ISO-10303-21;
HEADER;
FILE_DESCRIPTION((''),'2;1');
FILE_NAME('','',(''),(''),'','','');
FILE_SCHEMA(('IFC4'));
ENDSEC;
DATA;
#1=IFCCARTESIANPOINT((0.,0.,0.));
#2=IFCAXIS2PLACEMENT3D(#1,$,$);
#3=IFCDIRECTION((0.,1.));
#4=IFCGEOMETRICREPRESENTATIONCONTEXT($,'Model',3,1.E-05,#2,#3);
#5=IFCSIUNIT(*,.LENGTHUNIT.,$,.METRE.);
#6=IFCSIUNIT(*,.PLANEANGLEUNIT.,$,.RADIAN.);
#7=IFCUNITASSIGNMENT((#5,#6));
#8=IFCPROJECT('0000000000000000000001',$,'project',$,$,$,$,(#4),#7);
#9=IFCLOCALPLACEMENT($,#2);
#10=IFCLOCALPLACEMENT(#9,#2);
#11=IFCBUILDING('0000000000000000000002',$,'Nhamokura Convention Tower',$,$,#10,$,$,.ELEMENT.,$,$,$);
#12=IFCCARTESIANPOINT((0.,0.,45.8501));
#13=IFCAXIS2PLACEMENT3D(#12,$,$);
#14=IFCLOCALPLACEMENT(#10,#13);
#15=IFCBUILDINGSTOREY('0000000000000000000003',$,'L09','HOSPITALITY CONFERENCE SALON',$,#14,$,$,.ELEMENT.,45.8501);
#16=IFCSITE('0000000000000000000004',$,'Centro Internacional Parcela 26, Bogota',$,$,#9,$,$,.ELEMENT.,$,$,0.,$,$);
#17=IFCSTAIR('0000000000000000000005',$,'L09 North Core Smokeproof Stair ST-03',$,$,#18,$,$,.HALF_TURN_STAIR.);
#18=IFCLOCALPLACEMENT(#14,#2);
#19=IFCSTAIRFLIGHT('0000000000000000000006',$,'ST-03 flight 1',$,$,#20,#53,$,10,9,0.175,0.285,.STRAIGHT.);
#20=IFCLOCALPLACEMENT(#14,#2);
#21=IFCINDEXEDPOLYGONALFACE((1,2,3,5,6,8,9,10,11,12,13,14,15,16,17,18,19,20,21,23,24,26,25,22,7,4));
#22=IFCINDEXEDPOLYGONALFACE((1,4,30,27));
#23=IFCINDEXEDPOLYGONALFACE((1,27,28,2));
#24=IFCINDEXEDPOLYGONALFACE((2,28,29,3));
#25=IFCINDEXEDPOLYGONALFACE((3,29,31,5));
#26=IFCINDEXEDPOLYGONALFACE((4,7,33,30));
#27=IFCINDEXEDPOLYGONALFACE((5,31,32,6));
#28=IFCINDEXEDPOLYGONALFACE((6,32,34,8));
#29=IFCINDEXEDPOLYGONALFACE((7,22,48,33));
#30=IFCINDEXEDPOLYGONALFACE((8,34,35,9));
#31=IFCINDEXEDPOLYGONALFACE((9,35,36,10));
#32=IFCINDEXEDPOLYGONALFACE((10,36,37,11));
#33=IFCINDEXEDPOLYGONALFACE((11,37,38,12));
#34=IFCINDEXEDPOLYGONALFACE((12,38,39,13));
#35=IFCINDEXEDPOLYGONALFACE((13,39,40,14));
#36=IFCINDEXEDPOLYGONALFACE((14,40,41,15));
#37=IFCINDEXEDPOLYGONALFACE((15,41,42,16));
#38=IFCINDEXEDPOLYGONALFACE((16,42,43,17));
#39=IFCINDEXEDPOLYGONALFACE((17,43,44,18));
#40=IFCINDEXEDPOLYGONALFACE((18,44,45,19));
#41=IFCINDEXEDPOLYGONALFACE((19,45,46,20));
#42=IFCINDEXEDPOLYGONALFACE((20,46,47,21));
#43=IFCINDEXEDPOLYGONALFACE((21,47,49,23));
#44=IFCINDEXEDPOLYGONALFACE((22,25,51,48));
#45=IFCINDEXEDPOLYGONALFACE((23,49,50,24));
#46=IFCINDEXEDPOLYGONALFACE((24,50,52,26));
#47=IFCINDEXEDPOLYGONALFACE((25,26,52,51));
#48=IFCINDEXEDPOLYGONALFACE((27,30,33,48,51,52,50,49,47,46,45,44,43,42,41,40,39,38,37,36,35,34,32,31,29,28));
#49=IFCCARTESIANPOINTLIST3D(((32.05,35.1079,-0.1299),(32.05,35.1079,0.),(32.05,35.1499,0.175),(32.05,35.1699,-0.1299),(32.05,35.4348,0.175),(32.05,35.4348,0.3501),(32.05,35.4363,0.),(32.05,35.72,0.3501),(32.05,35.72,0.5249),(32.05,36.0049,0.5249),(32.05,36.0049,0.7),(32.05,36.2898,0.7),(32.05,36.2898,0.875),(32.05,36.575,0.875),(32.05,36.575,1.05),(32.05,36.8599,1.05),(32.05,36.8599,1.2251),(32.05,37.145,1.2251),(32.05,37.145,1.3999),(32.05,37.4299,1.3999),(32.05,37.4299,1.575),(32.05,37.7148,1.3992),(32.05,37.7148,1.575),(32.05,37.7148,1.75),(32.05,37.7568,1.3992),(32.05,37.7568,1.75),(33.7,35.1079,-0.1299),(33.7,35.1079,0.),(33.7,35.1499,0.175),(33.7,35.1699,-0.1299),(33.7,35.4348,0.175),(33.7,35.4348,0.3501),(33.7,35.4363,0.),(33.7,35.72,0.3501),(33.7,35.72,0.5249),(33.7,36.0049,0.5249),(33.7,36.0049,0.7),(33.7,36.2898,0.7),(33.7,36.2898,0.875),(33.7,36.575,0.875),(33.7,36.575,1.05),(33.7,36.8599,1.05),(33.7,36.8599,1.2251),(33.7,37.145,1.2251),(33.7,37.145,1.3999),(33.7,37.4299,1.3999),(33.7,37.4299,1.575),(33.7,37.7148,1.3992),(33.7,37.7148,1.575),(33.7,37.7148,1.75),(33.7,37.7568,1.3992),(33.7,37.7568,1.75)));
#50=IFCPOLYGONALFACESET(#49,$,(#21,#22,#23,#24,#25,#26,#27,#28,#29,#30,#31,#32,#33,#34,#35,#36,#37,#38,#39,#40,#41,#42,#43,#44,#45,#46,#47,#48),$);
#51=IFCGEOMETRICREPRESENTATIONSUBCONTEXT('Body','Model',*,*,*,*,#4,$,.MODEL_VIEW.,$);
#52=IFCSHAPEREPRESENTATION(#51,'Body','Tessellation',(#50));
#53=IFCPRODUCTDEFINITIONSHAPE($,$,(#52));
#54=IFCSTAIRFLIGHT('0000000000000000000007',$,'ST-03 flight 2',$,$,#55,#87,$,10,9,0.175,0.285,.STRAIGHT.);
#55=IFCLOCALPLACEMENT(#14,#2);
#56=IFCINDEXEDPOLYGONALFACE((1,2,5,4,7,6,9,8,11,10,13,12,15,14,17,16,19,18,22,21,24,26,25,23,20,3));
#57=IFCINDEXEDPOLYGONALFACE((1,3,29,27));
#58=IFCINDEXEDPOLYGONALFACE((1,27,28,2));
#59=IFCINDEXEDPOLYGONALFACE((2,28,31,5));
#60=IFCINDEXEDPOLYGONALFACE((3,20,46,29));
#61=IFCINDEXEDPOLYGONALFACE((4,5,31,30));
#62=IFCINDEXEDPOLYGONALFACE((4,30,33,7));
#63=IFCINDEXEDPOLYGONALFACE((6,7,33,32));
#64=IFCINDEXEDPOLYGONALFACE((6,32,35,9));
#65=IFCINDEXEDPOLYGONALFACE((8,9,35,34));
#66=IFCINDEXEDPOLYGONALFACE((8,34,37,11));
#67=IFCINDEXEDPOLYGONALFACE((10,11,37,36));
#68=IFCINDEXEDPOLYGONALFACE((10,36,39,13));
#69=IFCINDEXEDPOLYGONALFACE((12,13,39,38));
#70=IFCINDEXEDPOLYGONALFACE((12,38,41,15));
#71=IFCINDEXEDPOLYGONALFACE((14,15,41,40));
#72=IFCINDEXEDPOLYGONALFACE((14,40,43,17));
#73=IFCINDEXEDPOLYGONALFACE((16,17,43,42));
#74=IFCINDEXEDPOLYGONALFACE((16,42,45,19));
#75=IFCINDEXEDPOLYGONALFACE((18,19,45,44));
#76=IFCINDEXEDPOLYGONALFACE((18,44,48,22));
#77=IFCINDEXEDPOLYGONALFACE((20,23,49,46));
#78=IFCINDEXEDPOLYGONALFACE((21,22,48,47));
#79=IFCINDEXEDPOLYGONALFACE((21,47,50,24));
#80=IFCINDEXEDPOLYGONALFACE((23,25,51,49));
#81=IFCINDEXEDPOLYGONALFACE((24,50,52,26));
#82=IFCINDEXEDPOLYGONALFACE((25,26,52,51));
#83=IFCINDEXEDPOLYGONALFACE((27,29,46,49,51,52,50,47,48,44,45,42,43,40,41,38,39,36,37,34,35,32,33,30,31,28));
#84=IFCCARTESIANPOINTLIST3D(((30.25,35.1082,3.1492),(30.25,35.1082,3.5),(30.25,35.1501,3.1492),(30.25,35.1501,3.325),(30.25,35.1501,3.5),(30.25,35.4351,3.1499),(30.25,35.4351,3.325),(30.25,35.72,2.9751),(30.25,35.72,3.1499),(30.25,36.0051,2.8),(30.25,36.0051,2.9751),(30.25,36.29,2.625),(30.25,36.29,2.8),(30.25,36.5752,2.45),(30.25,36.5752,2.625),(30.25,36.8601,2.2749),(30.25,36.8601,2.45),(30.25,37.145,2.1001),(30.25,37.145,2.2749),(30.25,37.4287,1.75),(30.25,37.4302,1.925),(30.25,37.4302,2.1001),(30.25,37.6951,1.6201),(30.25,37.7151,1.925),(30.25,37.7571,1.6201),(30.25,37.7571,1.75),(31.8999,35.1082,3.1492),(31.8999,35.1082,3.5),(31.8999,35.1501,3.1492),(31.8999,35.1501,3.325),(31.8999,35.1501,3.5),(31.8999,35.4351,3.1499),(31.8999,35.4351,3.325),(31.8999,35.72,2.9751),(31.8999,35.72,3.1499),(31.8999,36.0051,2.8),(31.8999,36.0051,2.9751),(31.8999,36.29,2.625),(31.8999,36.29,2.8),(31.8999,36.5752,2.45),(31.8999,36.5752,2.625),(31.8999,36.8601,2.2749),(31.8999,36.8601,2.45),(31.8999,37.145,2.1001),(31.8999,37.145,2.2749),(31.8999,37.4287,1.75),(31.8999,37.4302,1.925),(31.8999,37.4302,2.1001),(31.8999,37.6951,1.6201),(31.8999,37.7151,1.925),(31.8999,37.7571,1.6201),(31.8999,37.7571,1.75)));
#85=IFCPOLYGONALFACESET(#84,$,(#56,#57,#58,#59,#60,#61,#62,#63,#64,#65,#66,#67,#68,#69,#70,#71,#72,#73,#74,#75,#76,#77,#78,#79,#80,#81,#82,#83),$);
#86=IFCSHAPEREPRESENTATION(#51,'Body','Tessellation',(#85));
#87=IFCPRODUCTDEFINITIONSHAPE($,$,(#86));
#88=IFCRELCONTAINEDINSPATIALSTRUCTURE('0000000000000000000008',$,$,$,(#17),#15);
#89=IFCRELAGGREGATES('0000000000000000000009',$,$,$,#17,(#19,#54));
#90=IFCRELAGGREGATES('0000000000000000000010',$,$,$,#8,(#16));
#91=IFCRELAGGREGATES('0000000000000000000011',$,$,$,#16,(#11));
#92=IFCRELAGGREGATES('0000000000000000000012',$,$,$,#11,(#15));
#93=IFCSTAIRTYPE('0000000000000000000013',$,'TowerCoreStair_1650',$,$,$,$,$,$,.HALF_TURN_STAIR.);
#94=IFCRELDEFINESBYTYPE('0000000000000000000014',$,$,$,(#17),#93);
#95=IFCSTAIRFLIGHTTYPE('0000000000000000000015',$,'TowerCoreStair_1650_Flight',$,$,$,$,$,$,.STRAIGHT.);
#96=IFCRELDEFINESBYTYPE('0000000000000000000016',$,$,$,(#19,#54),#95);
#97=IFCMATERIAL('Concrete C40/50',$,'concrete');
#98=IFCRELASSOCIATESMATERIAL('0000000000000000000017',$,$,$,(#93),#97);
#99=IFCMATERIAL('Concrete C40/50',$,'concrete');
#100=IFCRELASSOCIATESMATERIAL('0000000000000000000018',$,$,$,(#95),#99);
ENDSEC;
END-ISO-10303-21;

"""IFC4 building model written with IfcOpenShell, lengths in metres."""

from ifc_helpers import new_model, si_unit, direction, frame, origin, place, context, subcontext, project, spatial, polyline, outline, extrude, material, type_object, element, aggregate, save


model = new_model("IFC4")

# Units and contexts
model_context = context("Model", 3, precision=1e-05, world=origin(), true_north=direction((0.0, 1.0)))
body_context = subcontext(model_context, "Body", "Model", "MODEL_VIEW")
ifc_project = project(units=[si_unit("LENGTHUNIT", "METRE"), si_unit("PLANEANGLEUNIT", "RADIAN")], contexts=[model_context])

# Site, building, storey
site_placement = place(None, origin())
site = spatial("IfcSite", under=ifc_project, at=site_placement, Name="Centro Internacional Parcela 26, Bogota", CompositionType="ELEMENT", RefElevation=0.0)
building_placement = place(site_placement, origin())
building = spatial("IfcBuilding", under=site, at=building_placement, Name="Nhamokura Convention Tower", CompositionType="ELEMENT")
storey_placement = place(building_placement, frame((0.0, 0.0, 45.8501)))
storey = spatial("IfcBuildingStorey", under=building, at=storey_placement, Name="L09", Description="HOSPITALITY CONFERENCE SALON", CompositionType="ELEMENT", Elevation=45.8501)

# Stair, stair flights
ifc_material_1 = material(Name="Concrete C40/50", Category="concrete")
stair_type = type_object("IfcStairType", Name="TowerCoreStair_1650", PredefinedType="HALF_TURN_STAIR", material=ifc_material_1)
stair_placement = place(storey_placement, origin())
stair = element("IfcStair", 1, at=stair_placement, inside=storey, type_object=stair_type, Name="L09 North Core Smokeproof Stair ST-03", PredefinedType="HALF_TURN_STAIR")
ifc_material_2 = material(Name="Concrete C40/50", Category="concrete")
stair_flight_type = type_object("IfcStairFlightType", Name="TowerCoreStair_1650_Flight", PredefinedType="STRAIGHT", material=ifc_material_2)
stair_flight_1_placement = place(storey_placement, frame((32.875, 35.1499, 0.0), z_axis=(0.0, 0.0, 1.0), x_axis=(0.0, 1.0, 0.0)))
stair_flight_1 = element("IfcStairFlight", 2, at=stair_flight_1_placement, type_object=stair_flight_type, Name="ST-03 flight 1", NumberOfRisers=10, NumberOfTreads=9, PredefinedType="STRAIGHT", RiserHeight=0.175, TreadLength=0.285, context=body_context, shape_type="SweptSolid", body=[
    extrude(outline(polyline([(-0.042, 0.0), (0.0, 0.175), (0.2849, 0.175), (0.2849, 0.3501), (0.5701, 0.3501), (0.5701, 0.5249), (0.855, 0.5249), (0.855, 0.7), (1.1399, 0.7), (1.1399, 0.875), (1.425, 0.875), (1.425, 1.05), (1.71, 1.05), (1.71, 1.2251), (1.9951, 1.2251), (1.9951, 1.3999), (2.28, 1.3999), (2.28, 1.575), (2.5649, 1.575), (2.5649, 1.75), (2.6069, 1.75), (2.6069, 1.3992), (2.5649, 1.3992), (0.2864, 0.0), (0.02, -0.1299), (-0.042, -0.1299), (-0.042, 0.0)])), frame((0.0, 0.825, 0.0), z_axis=(0.0, -1.0, 0.0), x_axis=(1.0, 0.0, 0.0)), (0.0, 0.0, 1.0), 1.6499),
])
stair_flight_2_placement = place(storey_placement, frame((31.075, 37.7151, 1.75), z_axis=(0.0, 0.0, 1.0), x_axis=(0.0, -1.0, 0.0)))
stair_flight_2 = element("IfcStairFlight", 3, at=stair_flight_2_placement, type_object=stair_flight_type, Name="ST-03 flight 2", NumberOfRisers=10, NumberOfTreads=9, PredefinedType="STRAIGHT", RiserHeight=0.175, TreadLength=0.285, context=body_context, shape_type="SweptSolid", body=[
    extrude(outline(polyline([(-0.042, 0.0), (0.0, 0.175), (0.2849, 0.175), (0.2849, 0.3501), (0.5701, 0.3501), (0.5701, 0.5249), (0.855, 0.5249), (0.855, 0.7), (1.1399, 0.7), (1.1399, 0.875), (1.425, 0.875), (1.425, 1.05), (1.71, 1.05), (1.71, 1.2251), (1.9951, 1.2251), (1.9951, 1.3999), (2.28, 1.3999), (2.28, 1.575), (2.5649, 1.575), (2.5649, 1.75), (2.6069, 1.75), (2.6069, 1.3992), (2.5649, 1.3992), (0.2864, 0.0), (0.02, -0.1299), (-0.042, -0.1299), (-0.042, 0.0)])), frame((0.0, 0.825, 0.0), z_axis=(0.0, -1.0, 0.0), x_axis=(1.0, 0.0, 0.0)), (0.0, 0.0, 1.0), 1.6499),
])
aggregate(stair, [stair_flight_1, stair_flight_2])

save(model, "model.ifc")
